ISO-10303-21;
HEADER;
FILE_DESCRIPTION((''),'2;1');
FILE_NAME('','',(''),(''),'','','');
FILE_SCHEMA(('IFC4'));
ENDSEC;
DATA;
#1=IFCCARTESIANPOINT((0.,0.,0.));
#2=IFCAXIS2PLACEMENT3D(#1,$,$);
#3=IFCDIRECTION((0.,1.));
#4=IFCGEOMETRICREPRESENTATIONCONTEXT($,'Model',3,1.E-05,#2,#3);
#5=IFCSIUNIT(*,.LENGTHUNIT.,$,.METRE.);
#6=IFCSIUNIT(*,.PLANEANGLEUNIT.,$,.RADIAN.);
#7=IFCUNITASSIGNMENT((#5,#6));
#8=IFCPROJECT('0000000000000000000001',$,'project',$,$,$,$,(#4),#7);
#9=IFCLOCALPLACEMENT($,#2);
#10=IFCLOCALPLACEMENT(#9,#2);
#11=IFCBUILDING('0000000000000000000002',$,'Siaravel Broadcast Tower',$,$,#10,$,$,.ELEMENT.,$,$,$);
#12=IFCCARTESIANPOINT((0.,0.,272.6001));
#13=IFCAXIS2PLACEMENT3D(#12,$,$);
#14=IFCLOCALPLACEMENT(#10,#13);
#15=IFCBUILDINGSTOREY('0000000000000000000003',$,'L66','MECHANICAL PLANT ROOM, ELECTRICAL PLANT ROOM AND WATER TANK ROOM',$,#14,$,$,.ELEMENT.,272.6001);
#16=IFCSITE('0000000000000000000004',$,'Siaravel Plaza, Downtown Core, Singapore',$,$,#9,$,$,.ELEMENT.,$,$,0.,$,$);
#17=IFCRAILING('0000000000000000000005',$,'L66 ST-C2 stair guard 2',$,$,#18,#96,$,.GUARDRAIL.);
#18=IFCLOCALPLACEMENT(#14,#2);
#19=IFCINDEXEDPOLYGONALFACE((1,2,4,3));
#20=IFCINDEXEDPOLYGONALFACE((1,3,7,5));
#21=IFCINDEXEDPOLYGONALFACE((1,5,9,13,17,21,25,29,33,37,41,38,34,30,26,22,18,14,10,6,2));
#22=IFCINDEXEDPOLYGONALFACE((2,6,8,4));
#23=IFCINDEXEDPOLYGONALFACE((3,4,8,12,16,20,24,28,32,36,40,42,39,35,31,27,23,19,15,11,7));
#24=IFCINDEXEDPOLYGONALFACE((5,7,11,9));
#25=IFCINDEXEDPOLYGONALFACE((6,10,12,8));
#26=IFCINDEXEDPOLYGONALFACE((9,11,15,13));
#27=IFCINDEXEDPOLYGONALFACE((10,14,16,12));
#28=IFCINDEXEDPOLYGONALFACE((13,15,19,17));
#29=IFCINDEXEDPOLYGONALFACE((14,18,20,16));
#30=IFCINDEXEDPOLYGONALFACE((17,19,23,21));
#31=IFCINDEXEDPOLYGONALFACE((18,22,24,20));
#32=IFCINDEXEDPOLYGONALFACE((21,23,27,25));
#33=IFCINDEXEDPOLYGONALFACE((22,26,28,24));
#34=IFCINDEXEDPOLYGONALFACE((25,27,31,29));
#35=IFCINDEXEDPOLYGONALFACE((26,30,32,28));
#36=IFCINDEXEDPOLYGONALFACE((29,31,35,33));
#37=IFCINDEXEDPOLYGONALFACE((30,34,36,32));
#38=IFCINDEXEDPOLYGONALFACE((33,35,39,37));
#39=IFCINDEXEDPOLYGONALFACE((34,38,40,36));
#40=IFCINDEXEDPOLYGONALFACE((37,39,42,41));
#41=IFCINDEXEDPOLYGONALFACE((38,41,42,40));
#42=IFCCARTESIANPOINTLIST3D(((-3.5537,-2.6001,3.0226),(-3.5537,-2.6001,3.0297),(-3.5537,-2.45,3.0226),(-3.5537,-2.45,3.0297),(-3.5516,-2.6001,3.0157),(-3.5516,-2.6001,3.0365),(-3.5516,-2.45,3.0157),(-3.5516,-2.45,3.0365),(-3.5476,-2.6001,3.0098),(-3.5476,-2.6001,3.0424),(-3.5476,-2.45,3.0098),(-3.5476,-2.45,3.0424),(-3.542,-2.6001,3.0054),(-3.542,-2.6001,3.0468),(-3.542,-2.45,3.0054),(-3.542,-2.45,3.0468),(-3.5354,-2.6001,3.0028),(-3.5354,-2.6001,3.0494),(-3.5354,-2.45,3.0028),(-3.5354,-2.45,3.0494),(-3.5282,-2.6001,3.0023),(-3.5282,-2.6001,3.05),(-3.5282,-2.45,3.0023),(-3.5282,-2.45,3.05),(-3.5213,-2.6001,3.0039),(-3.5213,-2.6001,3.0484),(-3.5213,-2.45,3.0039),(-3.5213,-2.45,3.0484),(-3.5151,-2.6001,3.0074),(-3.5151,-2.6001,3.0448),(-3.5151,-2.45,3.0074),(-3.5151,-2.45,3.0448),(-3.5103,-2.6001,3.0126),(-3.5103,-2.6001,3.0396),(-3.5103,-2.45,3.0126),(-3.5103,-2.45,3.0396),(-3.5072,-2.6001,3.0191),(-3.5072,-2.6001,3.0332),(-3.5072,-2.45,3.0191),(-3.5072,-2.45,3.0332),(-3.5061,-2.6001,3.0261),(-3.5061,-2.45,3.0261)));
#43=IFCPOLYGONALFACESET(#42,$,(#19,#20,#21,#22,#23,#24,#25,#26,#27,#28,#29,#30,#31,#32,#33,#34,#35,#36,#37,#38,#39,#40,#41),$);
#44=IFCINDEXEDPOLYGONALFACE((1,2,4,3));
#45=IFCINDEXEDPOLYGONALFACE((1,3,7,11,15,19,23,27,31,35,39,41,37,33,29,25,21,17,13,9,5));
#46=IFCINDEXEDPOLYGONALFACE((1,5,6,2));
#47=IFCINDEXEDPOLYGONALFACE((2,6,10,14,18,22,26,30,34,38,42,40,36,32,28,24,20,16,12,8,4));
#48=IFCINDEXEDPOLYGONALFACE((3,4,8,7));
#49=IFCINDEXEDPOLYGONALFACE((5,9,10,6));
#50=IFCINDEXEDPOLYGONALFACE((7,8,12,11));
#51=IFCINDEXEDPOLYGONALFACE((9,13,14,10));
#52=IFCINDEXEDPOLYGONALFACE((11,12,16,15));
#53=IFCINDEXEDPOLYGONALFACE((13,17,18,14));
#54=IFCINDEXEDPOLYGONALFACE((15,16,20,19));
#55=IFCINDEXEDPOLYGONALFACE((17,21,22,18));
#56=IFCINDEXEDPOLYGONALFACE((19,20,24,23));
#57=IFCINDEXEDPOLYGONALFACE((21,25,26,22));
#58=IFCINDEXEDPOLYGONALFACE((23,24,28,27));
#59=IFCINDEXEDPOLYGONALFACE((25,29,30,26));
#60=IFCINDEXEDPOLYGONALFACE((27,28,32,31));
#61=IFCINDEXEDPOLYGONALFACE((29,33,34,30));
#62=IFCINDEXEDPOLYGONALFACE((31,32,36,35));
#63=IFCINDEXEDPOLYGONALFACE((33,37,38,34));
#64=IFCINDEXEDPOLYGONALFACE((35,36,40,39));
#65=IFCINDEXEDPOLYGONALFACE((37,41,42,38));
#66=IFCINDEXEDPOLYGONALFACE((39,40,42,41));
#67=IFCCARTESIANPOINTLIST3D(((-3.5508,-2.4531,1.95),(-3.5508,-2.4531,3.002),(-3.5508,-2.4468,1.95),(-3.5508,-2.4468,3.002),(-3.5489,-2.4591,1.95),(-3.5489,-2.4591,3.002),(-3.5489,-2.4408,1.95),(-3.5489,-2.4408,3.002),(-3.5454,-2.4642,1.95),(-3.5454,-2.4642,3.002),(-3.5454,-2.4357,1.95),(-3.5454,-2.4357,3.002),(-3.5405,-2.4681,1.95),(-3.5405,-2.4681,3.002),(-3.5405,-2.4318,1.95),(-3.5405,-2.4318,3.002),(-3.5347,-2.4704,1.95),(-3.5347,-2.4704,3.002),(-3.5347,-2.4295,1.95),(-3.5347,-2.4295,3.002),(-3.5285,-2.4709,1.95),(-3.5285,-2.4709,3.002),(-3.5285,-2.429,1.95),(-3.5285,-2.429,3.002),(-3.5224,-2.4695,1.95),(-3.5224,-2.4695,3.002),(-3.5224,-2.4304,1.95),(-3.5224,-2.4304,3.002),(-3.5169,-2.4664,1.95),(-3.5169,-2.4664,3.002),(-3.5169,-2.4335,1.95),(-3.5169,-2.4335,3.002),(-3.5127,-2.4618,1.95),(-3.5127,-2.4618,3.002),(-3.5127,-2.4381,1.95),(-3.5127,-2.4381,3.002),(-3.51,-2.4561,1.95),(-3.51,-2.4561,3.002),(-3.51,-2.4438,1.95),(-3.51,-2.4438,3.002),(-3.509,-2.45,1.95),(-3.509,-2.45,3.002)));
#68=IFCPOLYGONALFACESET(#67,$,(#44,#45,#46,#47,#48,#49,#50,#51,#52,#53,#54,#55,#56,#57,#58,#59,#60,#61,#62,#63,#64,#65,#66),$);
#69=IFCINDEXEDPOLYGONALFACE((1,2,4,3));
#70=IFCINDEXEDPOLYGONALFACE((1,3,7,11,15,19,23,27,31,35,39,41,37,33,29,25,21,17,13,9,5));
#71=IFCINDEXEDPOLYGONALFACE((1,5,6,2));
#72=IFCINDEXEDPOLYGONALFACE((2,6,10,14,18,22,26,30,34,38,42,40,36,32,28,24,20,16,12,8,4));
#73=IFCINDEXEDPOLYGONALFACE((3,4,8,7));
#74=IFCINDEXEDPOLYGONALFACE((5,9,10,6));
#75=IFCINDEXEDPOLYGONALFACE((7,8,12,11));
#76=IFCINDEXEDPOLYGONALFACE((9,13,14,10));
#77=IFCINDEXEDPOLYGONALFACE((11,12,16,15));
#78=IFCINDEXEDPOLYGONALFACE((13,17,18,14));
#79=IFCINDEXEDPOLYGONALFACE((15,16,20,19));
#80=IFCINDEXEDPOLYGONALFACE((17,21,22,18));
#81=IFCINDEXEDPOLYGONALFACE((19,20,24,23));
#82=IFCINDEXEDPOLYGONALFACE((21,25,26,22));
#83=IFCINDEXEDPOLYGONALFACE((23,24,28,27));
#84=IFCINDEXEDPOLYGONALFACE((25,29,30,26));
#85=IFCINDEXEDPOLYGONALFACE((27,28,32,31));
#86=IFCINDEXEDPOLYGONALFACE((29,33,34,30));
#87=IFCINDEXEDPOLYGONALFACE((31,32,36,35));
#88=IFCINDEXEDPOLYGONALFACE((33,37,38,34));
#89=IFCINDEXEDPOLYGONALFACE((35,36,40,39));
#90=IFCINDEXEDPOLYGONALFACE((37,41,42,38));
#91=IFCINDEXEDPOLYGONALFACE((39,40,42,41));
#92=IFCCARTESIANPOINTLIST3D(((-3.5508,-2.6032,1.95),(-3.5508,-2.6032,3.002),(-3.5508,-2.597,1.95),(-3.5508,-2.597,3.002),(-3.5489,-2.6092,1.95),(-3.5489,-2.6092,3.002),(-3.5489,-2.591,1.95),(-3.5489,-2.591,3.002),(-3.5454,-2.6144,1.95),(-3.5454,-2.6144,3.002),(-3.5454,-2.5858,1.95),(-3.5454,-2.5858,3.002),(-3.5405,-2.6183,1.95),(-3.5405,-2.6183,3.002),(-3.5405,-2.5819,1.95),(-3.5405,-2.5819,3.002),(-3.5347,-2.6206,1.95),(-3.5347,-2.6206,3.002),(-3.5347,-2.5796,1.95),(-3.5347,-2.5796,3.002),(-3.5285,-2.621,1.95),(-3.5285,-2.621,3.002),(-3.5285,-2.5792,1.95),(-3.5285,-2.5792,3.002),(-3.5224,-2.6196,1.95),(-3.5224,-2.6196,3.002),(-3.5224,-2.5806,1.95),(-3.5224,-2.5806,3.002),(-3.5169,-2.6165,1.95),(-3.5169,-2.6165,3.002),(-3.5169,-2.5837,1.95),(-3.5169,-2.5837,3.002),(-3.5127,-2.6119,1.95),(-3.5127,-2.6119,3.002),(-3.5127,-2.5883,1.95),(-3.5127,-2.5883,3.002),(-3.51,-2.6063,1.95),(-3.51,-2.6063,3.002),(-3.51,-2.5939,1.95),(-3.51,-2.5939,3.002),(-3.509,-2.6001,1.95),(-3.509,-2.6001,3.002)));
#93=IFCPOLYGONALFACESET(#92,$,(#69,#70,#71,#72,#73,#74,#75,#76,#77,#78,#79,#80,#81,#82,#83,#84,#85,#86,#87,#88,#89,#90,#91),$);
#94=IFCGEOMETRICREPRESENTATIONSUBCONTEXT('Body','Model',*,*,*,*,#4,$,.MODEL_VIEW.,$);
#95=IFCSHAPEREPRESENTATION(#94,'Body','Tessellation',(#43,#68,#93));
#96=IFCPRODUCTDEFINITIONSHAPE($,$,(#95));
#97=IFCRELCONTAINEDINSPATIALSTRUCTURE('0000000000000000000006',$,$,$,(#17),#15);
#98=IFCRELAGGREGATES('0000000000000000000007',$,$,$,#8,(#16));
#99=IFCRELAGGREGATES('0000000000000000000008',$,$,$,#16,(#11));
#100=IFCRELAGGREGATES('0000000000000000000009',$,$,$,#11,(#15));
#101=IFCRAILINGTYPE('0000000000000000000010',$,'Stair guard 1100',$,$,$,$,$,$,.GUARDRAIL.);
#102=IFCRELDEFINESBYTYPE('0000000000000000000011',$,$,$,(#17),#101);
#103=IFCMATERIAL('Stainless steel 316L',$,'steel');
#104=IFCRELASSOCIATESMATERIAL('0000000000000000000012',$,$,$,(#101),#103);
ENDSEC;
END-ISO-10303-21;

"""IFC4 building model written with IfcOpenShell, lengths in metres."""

from ifc_helpers import new_model, si_unit, direction, frame, origin, origin_2d, place, context, subcontext, project, spatial, circle, extrude, material, type_object, element, save


model = new_model("IFC4")

# Units and contexts
model_context = context("Model", 3, precision=1e-05, world=origin(), true_north=direction((0.0, 1.0)))
body_context = subcontext(model_context, "Body", "Model", "MODEL_VIEW")
ifc_project = project(units=[si_unit("LENGTHUNIT", "METRE"), si_unit("PLANEANGLEUNIT", "RADIAN")], contexts=[model_context])

# Site, building, storey
site_placement = place(None, origin())
site = spatial("IfcSite", under=ifc_project, at=site_placement, Name="Siaravel Plaza, Downtown Core, Singapore", CompositionType="ELEMENT", RefElevation=0.0)
building_placement = place(site_placement, origin())
building = spatial("IfcBuilding", under=site, at=building_placement, Name="Siaravel Broadcast Tower", CompositionType="ELEMENT")
storey_placement = place(building_placement, frame((0.0, 0.0, 272.6001)))
storey = spatial("IfcBuildingStorey", under=building, at=storey_placement, Name="L66", Description="MECHANICAL PLANT ROOM, ELECTRICAL PLANT ROOM AND WATER TANK ROOM", CompositionType="ELEMENT", Elevation=272.6001)

# Shared definitions
ifc_material_1 = material(Name="Stainless steel 316L", Category="steel")

# Railing
railing_type_1 = type_object("IfcRailingType", Name="Stair guard 1100", PredefinedType="GUARDRAIL", material=ifc_material_1)
railing_1_placement = place(storey_placement, frame((-3.53, -2.45, 1.95)))
element("IfcRailing", 1, at=railing_1_placement, inside=storey, type_object=railing_type_1, Name="L66 ST-C2 stair guard 2", PredefinedType="GUARDRAIL", context=body_context, shape_type="SweptSolid", body=[
    extrude(circle(Radius=0.0239, at=origin_2d()), frame((0.0, 0.0, 1.0762), z_axis=(0.0, -1.0, 0.0), x_axis=(1.0, 0.0, 0.0)), (0.0, 0.0, 1.0), 0.1501),
    extrude(circle(Radius=0.021, at=origin_2d()), origin(), (0.0, 0.0, 1.0), 1.052),
    extrude(circle(Radius=0.021, at=origin_2d()), frame((0.0, -0.1501, 0.0)), (0.0, 0.0, 1.0), 1.052),
])

save(model, "model.ifc")
